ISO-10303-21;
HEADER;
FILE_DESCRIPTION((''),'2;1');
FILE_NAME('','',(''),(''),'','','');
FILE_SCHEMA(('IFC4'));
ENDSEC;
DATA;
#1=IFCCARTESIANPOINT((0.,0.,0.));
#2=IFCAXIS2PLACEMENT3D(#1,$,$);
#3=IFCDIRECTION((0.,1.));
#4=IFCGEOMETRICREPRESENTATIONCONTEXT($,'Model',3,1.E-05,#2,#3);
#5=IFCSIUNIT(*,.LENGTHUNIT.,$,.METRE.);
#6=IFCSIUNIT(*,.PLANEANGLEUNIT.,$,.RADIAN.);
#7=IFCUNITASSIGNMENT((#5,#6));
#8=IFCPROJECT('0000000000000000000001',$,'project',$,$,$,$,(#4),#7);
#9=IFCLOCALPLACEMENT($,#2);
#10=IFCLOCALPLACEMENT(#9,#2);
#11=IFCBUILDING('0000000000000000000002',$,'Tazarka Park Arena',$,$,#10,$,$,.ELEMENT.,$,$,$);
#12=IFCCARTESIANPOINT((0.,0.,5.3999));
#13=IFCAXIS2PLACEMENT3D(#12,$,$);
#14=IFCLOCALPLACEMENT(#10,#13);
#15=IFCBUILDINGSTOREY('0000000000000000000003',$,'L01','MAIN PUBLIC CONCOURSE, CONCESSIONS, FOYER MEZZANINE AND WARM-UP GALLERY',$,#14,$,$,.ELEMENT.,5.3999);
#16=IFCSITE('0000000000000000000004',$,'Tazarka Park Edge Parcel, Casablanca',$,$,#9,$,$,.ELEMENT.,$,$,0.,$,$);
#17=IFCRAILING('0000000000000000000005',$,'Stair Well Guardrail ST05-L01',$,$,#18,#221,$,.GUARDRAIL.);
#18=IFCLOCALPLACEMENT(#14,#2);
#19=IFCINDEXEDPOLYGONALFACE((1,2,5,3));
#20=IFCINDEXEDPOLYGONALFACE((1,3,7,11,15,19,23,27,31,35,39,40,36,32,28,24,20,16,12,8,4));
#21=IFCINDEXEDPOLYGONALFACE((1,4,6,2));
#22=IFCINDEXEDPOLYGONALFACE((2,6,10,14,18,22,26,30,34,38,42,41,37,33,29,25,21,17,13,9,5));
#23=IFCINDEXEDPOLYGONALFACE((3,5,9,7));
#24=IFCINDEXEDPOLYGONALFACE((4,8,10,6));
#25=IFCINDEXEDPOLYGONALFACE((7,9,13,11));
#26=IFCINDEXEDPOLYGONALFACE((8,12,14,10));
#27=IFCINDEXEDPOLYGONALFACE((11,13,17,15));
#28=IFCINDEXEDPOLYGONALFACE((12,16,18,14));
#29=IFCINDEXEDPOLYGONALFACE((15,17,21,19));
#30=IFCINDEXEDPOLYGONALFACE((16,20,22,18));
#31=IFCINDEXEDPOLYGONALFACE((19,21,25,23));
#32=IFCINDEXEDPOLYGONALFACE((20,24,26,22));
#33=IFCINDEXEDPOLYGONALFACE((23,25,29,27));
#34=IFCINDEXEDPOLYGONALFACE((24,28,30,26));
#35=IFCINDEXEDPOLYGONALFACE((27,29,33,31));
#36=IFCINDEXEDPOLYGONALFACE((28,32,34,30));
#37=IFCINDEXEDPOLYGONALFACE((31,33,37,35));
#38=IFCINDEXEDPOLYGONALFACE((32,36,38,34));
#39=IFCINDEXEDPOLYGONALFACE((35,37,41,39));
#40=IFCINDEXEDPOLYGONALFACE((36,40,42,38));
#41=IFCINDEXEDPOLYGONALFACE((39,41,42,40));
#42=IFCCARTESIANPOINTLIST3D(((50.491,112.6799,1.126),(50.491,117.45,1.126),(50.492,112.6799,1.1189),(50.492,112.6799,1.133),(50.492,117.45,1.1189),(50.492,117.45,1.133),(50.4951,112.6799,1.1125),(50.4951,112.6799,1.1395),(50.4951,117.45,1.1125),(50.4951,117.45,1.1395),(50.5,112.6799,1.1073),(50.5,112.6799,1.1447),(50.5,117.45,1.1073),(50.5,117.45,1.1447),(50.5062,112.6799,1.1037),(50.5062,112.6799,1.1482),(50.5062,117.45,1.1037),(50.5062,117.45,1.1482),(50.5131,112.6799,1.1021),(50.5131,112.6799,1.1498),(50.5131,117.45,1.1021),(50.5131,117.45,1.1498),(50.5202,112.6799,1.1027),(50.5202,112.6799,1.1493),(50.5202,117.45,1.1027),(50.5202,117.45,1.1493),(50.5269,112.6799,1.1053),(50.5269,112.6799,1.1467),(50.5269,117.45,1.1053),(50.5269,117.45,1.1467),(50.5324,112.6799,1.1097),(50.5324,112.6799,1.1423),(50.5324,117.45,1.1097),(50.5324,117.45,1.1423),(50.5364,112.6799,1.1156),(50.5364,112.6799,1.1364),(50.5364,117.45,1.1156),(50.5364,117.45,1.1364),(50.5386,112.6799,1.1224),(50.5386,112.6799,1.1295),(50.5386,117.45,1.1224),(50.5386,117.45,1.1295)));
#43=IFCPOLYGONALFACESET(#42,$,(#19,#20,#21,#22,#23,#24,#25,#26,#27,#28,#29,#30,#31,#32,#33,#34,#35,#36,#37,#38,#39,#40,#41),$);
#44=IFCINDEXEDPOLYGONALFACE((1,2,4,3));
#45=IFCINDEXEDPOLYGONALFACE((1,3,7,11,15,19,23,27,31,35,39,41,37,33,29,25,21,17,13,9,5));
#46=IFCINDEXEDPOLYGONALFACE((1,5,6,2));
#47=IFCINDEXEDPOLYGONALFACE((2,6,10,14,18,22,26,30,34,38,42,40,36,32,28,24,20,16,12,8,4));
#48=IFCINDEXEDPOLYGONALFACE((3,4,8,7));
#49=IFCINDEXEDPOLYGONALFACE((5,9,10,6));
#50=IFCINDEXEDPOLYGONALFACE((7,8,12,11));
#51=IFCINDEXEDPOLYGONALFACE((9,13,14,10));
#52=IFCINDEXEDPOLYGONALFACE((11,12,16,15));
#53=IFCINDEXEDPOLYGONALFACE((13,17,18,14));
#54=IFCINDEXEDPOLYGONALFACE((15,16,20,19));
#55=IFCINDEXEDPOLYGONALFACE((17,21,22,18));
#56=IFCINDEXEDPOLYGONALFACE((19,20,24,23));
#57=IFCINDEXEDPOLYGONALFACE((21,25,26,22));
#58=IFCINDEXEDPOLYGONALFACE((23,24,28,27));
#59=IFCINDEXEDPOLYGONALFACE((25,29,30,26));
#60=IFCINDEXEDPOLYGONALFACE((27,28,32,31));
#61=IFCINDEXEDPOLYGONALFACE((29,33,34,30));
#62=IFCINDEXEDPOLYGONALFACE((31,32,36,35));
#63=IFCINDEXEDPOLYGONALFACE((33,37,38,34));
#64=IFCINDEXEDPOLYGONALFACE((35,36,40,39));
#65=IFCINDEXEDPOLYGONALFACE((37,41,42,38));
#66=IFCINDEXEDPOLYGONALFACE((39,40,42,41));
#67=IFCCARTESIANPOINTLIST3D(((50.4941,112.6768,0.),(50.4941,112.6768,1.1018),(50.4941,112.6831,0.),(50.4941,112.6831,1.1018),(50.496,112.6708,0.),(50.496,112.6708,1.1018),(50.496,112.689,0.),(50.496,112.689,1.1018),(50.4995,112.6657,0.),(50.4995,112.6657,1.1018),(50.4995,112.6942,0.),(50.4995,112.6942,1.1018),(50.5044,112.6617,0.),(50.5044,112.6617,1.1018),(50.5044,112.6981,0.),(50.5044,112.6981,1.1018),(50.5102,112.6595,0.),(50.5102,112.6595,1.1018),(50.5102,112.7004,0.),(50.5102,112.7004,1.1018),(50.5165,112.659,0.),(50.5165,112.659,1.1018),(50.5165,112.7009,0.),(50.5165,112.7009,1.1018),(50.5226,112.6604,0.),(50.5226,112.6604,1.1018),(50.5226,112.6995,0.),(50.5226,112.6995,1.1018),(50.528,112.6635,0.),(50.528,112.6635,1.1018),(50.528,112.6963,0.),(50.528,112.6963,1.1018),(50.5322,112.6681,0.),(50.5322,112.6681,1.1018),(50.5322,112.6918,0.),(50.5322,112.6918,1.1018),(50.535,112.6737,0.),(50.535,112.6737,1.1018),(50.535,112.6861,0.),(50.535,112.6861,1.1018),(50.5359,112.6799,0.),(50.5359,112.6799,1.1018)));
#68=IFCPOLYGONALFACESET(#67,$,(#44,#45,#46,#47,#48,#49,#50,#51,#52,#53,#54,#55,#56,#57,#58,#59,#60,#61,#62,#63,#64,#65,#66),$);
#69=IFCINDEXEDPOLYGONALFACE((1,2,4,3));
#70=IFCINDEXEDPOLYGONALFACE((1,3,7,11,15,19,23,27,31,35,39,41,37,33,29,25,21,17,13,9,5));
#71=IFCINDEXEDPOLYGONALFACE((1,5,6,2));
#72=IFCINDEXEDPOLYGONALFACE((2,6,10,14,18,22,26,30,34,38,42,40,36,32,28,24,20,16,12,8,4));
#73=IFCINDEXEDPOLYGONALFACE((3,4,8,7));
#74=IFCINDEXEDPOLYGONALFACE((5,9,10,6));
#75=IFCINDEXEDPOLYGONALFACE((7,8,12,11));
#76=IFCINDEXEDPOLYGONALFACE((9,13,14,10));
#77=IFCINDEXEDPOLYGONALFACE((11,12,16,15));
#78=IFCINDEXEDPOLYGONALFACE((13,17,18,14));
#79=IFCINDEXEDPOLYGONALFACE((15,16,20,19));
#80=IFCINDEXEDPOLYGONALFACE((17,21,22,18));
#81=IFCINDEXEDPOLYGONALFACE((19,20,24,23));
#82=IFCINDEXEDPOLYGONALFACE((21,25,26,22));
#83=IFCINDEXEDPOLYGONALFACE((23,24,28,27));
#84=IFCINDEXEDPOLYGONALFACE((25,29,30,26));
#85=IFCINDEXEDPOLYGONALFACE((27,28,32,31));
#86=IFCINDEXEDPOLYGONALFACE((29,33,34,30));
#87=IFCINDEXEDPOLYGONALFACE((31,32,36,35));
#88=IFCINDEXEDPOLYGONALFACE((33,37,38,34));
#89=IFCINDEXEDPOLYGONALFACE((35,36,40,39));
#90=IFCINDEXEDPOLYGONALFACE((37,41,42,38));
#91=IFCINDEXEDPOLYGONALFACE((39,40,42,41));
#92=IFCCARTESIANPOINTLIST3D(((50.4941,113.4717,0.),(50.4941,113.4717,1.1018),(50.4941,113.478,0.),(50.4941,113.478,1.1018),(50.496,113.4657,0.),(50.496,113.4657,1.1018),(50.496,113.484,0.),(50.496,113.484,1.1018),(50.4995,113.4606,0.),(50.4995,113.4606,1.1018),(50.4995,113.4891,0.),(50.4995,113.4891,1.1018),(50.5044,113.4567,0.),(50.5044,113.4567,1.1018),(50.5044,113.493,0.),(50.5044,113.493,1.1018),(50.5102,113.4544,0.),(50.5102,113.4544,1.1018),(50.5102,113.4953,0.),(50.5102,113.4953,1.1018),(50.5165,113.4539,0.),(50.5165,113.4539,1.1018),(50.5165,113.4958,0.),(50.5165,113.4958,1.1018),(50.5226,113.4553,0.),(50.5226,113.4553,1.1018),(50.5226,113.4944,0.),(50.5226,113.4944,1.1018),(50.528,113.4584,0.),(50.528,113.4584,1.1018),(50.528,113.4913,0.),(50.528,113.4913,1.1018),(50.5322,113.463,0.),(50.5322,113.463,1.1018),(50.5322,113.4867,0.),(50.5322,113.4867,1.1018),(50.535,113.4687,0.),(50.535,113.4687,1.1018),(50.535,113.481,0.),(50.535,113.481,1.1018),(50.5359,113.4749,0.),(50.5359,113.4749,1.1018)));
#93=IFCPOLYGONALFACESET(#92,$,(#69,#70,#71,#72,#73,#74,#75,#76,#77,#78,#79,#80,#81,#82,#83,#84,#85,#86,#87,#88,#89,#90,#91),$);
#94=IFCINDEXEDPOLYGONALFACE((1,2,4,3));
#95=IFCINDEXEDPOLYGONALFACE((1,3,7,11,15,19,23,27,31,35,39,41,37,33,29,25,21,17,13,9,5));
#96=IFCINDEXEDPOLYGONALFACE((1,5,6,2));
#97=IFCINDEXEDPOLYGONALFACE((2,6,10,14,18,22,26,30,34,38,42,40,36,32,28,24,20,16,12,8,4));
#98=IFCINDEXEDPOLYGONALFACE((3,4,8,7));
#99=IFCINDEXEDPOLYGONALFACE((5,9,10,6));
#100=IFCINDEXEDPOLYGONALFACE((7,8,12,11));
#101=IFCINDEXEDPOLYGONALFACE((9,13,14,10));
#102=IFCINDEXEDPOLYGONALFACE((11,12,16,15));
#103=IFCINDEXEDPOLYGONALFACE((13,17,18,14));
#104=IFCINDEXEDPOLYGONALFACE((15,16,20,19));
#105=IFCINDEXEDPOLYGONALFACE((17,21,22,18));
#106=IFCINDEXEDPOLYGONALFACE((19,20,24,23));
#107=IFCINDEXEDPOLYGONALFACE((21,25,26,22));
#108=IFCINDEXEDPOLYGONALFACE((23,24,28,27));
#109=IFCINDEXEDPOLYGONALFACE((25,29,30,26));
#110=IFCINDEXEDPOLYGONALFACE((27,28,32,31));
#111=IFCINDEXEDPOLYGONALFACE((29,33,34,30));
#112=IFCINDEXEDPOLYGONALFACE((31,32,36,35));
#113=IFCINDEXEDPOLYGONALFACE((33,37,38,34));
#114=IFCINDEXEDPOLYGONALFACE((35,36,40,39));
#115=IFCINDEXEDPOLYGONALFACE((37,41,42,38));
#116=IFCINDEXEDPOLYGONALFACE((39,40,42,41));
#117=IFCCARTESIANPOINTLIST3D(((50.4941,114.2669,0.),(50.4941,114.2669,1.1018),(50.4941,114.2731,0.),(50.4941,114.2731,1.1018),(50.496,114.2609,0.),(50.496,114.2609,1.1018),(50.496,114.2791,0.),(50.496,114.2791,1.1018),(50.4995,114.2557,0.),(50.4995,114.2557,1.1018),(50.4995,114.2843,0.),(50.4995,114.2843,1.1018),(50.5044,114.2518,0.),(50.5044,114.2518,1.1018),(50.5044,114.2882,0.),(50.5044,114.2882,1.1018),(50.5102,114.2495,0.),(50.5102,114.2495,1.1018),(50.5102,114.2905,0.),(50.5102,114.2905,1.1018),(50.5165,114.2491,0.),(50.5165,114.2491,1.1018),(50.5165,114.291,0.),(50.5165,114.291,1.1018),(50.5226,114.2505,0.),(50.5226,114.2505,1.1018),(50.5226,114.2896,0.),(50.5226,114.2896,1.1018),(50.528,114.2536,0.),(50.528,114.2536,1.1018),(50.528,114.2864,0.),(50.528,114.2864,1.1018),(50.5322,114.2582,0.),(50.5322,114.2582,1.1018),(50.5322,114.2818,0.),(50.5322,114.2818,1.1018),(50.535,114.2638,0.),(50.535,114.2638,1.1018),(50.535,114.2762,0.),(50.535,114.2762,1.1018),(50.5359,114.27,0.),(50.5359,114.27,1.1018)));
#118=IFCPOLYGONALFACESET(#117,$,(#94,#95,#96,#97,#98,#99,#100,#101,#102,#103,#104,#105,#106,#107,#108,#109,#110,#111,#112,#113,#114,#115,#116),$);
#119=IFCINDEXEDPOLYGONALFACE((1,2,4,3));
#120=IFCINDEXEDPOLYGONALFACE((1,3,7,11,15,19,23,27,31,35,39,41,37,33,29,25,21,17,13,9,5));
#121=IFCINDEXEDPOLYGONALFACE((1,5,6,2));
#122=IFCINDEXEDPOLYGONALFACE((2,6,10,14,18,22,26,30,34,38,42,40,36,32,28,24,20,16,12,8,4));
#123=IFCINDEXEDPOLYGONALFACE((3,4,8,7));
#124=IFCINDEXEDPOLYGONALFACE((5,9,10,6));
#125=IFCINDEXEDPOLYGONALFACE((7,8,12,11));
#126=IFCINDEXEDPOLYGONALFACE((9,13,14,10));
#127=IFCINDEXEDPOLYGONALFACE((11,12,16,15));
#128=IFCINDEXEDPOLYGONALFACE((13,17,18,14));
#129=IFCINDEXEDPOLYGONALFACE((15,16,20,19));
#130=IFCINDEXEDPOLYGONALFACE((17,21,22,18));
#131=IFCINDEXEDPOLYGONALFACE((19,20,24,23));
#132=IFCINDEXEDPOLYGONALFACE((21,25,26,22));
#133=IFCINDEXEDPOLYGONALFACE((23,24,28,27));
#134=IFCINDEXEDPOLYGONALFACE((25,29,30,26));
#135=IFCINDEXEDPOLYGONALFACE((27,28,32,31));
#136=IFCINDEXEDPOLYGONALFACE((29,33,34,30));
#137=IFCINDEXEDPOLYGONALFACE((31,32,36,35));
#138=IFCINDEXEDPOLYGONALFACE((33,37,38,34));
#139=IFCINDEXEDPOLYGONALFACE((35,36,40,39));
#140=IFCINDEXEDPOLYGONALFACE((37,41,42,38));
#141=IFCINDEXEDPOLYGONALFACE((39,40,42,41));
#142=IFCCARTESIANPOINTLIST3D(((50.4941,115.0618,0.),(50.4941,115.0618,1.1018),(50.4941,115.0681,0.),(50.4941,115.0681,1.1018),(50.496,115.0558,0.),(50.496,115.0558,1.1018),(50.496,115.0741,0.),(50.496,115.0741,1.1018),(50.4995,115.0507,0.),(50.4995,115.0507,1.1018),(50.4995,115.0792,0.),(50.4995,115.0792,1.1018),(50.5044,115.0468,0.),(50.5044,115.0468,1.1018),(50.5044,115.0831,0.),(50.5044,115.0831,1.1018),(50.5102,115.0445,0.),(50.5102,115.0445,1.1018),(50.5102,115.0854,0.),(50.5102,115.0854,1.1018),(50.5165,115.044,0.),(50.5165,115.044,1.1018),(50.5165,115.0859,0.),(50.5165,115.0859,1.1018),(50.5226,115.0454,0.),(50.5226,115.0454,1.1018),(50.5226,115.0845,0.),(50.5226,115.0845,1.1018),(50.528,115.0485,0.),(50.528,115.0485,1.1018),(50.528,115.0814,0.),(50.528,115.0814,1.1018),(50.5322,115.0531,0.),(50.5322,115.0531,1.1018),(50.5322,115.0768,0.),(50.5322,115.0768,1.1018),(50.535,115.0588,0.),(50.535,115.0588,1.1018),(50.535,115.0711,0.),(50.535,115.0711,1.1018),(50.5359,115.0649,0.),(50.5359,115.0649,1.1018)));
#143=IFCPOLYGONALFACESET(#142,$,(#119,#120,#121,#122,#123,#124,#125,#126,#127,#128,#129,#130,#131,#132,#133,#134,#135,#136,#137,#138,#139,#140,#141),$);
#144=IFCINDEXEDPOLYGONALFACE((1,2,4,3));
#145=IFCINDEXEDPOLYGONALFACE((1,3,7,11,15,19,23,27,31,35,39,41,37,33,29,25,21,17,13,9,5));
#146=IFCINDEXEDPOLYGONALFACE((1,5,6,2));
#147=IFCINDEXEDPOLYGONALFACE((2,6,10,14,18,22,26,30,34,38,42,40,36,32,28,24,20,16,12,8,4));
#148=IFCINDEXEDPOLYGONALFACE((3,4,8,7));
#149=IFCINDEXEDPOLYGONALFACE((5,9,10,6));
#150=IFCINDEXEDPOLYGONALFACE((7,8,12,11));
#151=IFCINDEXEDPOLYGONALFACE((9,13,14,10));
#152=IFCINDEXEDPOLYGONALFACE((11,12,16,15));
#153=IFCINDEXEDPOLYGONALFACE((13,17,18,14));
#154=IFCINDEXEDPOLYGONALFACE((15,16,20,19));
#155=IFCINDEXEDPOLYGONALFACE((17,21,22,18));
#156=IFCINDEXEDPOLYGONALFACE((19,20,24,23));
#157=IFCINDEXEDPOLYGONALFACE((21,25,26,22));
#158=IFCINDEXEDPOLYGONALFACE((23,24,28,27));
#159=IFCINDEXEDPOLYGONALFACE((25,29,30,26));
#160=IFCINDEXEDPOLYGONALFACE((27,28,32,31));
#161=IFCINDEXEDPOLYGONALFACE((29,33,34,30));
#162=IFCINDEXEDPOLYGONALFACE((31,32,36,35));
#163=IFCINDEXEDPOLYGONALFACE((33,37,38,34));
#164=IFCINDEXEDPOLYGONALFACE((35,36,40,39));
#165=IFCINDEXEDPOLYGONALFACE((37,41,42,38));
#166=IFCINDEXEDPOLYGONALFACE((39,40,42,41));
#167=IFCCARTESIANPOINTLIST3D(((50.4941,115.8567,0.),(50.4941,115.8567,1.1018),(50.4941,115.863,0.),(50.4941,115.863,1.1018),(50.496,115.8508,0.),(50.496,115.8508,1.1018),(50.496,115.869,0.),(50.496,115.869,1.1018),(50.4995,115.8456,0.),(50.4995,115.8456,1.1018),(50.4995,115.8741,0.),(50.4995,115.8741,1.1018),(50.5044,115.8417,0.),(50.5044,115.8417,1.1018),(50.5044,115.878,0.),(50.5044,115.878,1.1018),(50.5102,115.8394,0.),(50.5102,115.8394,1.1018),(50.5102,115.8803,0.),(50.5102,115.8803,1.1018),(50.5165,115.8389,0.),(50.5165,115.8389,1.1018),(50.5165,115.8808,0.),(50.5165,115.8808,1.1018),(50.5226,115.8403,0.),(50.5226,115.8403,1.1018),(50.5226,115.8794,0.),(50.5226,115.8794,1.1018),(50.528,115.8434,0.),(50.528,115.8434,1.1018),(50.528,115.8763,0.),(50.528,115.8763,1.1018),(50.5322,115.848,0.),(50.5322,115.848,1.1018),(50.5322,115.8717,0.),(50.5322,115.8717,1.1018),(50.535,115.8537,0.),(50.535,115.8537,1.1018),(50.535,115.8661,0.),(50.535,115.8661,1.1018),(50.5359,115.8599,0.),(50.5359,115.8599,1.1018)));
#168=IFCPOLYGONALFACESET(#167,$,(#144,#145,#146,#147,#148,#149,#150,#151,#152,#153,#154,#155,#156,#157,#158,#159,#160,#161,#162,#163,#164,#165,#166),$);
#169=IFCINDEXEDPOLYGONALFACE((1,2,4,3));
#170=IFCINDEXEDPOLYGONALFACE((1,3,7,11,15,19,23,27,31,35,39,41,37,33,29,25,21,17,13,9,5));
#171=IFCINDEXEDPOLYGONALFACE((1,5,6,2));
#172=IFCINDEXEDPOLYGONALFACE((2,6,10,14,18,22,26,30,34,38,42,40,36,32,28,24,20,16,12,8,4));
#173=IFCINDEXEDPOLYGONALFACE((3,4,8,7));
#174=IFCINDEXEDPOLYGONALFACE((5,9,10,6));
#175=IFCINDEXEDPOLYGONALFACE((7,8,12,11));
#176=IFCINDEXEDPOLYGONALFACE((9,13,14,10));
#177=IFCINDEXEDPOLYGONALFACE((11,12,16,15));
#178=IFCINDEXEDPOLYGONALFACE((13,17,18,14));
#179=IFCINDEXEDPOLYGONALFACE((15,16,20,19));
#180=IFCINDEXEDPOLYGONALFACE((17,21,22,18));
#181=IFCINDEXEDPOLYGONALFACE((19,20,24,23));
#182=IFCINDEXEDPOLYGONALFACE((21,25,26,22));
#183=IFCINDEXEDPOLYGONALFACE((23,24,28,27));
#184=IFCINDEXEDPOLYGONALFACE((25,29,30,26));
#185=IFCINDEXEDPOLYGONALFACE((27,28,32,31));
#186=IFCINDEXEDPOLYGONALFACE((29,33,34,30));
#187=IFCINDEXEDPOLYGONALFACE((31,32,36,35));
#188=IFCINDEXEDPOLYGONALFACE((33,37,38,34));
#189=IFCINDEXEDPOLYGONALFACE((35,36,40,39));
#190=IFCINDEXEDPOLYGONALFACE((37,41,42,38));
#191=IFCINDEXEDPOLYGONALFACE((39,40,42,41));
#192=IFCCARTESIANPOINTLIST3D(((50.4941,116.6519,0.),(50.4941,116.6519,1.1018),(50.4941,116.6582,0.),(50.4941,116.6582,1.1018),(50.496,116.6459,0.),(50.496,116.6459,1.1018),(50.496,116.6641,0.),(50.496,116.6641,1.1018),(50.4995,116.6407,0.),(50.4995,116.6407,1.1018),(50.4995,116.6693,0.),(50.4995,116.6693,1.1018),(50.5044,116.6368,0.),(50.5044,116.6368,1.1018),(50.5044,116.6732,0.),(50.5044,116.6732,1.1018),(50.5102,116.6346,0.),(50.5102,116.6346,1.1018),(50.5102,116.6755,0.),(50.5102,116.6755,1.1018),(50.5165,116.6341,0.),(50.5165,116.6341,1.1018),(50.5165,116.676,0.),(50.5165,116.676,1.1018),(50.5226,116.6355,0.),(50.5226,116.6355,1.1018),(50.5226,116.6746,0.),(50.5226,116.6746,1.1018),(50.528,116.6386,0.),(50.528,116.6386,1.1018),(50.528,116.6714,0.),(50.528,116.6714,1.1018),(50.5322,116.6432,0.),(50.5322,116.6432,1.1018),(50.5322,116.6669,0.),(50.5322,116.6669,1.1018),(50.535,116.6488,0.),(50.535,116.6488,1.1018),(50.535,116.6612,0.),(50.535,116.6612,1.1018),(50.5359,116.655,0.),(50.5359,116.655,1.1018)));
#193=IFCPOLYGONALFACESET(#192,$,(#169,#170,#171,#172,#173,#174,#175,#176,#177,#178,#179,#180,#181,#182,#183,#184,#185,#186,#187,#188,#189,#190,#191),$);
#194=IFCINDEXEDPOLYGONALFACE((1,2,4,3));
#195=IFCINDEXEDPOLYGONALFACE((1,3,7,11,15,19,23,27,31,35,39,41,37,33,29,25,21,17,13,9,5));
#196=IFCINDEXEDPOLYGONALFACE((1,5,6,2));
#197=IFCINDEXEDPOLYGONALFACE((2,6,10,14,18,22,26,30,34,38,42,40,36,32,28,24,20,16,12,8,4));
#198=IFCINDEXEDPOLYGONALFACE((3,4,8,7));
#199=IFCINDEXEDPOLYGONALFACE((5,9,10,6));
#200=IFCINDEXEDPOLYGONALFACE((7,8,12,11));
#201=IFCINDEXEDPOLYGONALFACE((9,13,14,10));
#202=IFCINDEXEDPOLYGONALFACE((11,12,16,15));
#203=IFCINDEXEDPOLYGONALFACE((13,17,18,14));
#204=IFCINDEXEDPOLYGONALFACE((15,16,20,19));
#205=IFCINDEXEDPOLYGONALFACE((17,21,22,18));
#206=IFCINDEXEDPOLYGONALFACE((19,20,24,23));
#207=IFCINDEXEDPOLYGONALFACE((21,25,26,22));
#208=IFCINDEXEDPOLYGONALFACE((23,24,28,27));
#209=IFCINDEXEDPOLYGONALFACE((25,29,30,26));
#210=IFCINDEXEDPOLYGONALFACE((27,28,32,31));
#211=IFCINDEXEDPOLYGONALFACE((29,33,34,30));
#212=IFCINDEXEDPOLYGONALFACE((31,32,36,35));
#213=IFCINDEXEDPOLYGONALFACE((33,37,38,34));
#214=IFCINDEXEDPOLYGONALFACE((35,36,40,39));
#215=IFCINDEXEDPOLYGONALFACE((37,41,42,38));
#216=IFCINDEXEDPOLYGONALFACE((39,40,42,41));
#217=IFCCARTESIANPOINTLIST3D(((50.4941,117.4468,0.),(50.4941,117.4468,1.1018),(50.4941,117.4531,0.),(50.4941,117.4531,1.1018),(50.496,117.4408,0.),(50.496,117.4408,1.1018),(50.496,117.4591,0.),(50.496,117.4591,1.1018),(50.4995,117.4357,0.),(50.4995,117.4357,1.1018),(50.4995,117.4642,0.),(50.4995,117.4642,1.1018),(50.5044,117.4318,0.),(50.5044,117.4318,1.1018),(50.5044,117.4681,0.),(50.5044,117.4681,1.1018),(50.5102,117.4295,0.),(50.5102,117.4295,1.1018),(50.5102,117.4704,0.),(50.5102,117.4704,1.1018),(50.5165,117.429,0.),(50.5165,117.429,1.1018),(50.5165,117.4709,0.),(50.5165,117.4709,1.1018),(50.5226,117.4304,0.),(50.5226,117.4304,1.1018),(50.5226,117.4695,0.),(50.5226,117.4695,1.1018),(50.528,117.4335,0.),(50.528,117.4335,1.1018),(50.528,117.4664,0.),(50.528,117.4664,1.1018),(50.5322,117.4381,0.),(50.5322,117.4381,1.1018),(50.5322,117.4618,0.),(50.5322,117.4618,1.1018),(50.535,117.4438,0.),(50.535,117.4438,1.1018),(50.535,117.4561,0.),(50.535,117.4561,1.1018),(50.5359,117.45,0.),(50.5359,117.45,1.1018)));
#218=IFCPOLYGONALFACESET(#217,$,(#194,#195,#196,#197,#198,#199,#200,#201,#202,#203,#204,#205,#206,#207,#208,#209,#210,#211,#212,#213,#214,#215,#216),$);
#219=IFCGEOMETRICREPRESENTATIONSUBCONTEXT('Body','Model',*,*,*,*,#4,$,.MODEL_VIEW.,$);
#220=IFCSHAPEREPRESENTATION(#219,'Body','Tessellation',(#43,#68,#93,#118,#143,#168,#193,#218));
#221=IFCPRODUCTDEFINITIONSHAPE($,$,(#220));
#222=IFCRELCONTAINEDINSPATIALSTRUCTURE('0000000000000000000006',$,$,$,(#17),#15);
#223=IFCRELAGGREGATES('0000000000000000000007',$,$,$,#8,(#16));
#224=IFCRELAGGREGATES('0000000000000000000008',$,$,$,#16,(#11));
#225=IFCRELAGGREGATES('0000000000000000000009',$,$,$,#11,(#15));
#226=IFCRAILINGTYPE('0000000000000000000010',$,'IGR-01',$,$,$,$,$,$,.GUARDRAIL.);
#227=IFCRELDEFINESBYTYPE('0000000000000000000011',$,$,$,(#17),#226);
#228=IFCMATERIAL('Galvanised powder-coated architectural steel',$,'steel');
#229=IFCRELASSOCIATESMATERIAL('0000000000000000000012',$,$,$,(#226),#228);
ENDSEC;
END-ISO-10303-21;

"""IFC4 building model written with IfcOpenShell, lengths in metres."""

from ifc_helpers import new_model, si_unit, direction, frame, origin, origin_2d, place, context, subcontext, project, spatial, circle, extrude, material, type_object, element, save


model = new_model("IFC4")

# Units and contexts
model_context = context("Model", 3, precision=1e-05, world=origin(), true_north=direction((0.0, 1.0)))
body_context = subcontext(model_context, "Body", "Model", "MODEL_VIEW")
ifc_project = project(units=[si_unit("LENGTHUNIT", "METRE"), si_unit("PLANEANGLEUNIT", "RADIAN")], contexts=[model_context])

# Site, building, storey
site_placement = place(None, origin())
site = spatial("IfcSite", under=ifc_project, at=site_placement, Name="Tazarka Park Edge Parcel, Casablanca", CompositionType="ELEMENT", RefElevation=0.0)
building_placement = place(site_placement, origin())
building = spatial("IfcBuilding", under=site, at=building_placement, Name="Tazarka Park Arena", CompositionType="ELEMENT")
storey_placement = place(building_placement, frame((0.0, 0.0, 5.3999)))
storey = spatial("IfcBuildingStorey", under=building, at=storey_placement, Name="L01", Description="MAIN PUBLIC CONCOURSE, CONCESSIONS, FOYER MEZZANINE AND WARM-UP GALLERY", CompositionType="ELEMENT", Elevation=5.3999)

# Railing
ifc_material_1 = material(Name="Galvanised powder-coated architectural steel", Category="steel")
railing_type = type_object("IfcRailingType", Name="IGR-01", PredefinedType="GUARDRAIL", material=ifc_material_1)
railing_1_placement = place(storey_placement, frame((50.5149, 112.6799, 0.0)))
element("IfcRailing", 1, at=railing_1_placement, inside=storey, type_object=railing_type, Name="Stair Well Guardrail ST05-L01", PredefinedType="GUARDRAIL", context=body_context, shape_type="SweptSolid", body=[
    extrude(circle(Radius=0.0239, at=origin_2d()), frame((0.0, 0.0, 1.126), z_axis=(0.0, 1.0, 0.0), x_axis=(-1.0, 0.0, 0.0)), (0.0, 0.0, 1.0), 4.77),
    extrude(circle(Radius=0.021, at=origin_2d()), origin(), (0.0, 0.0, 1.0), 1.1018),
    extrude(circle(Radius=0.021, at=origin_2d()), frame((0.0, 0.7949, 0.0)), (0.0, 0.0, 1.0), 1.1018),
    extrude(circle(Radius=0.021, at=origin_2d()), frame((0.0, 1.5901, 0.0)), (0.0, 0.0, 1.0), 1.1018),
    extrude(circle(Radius=0.021, at=origin_2d()), frame((0.0, 2.385, 0.0)), (0.0, 0.0, 1.0), 1.1018),
    extrude(circle(Radius=0.021, at=origin_2d()), frame((0.0, 3.1799, 0.0)), (0.0, 0.0, 1.0), 1.1018),
    extrude(circle(Radius=0.021, at=origin_2d()), frame((0.0, 3.9751, 0.0)), (0.0, 0.0, 1.0), 1.1018),
    extrude(circle(Radius=0.021, at=origin_2d()), frame((0.0, 4.77, 0.0)), (0.0, 0.0, 1.0), 1.1018),
])

save(model, "model.ifc")
